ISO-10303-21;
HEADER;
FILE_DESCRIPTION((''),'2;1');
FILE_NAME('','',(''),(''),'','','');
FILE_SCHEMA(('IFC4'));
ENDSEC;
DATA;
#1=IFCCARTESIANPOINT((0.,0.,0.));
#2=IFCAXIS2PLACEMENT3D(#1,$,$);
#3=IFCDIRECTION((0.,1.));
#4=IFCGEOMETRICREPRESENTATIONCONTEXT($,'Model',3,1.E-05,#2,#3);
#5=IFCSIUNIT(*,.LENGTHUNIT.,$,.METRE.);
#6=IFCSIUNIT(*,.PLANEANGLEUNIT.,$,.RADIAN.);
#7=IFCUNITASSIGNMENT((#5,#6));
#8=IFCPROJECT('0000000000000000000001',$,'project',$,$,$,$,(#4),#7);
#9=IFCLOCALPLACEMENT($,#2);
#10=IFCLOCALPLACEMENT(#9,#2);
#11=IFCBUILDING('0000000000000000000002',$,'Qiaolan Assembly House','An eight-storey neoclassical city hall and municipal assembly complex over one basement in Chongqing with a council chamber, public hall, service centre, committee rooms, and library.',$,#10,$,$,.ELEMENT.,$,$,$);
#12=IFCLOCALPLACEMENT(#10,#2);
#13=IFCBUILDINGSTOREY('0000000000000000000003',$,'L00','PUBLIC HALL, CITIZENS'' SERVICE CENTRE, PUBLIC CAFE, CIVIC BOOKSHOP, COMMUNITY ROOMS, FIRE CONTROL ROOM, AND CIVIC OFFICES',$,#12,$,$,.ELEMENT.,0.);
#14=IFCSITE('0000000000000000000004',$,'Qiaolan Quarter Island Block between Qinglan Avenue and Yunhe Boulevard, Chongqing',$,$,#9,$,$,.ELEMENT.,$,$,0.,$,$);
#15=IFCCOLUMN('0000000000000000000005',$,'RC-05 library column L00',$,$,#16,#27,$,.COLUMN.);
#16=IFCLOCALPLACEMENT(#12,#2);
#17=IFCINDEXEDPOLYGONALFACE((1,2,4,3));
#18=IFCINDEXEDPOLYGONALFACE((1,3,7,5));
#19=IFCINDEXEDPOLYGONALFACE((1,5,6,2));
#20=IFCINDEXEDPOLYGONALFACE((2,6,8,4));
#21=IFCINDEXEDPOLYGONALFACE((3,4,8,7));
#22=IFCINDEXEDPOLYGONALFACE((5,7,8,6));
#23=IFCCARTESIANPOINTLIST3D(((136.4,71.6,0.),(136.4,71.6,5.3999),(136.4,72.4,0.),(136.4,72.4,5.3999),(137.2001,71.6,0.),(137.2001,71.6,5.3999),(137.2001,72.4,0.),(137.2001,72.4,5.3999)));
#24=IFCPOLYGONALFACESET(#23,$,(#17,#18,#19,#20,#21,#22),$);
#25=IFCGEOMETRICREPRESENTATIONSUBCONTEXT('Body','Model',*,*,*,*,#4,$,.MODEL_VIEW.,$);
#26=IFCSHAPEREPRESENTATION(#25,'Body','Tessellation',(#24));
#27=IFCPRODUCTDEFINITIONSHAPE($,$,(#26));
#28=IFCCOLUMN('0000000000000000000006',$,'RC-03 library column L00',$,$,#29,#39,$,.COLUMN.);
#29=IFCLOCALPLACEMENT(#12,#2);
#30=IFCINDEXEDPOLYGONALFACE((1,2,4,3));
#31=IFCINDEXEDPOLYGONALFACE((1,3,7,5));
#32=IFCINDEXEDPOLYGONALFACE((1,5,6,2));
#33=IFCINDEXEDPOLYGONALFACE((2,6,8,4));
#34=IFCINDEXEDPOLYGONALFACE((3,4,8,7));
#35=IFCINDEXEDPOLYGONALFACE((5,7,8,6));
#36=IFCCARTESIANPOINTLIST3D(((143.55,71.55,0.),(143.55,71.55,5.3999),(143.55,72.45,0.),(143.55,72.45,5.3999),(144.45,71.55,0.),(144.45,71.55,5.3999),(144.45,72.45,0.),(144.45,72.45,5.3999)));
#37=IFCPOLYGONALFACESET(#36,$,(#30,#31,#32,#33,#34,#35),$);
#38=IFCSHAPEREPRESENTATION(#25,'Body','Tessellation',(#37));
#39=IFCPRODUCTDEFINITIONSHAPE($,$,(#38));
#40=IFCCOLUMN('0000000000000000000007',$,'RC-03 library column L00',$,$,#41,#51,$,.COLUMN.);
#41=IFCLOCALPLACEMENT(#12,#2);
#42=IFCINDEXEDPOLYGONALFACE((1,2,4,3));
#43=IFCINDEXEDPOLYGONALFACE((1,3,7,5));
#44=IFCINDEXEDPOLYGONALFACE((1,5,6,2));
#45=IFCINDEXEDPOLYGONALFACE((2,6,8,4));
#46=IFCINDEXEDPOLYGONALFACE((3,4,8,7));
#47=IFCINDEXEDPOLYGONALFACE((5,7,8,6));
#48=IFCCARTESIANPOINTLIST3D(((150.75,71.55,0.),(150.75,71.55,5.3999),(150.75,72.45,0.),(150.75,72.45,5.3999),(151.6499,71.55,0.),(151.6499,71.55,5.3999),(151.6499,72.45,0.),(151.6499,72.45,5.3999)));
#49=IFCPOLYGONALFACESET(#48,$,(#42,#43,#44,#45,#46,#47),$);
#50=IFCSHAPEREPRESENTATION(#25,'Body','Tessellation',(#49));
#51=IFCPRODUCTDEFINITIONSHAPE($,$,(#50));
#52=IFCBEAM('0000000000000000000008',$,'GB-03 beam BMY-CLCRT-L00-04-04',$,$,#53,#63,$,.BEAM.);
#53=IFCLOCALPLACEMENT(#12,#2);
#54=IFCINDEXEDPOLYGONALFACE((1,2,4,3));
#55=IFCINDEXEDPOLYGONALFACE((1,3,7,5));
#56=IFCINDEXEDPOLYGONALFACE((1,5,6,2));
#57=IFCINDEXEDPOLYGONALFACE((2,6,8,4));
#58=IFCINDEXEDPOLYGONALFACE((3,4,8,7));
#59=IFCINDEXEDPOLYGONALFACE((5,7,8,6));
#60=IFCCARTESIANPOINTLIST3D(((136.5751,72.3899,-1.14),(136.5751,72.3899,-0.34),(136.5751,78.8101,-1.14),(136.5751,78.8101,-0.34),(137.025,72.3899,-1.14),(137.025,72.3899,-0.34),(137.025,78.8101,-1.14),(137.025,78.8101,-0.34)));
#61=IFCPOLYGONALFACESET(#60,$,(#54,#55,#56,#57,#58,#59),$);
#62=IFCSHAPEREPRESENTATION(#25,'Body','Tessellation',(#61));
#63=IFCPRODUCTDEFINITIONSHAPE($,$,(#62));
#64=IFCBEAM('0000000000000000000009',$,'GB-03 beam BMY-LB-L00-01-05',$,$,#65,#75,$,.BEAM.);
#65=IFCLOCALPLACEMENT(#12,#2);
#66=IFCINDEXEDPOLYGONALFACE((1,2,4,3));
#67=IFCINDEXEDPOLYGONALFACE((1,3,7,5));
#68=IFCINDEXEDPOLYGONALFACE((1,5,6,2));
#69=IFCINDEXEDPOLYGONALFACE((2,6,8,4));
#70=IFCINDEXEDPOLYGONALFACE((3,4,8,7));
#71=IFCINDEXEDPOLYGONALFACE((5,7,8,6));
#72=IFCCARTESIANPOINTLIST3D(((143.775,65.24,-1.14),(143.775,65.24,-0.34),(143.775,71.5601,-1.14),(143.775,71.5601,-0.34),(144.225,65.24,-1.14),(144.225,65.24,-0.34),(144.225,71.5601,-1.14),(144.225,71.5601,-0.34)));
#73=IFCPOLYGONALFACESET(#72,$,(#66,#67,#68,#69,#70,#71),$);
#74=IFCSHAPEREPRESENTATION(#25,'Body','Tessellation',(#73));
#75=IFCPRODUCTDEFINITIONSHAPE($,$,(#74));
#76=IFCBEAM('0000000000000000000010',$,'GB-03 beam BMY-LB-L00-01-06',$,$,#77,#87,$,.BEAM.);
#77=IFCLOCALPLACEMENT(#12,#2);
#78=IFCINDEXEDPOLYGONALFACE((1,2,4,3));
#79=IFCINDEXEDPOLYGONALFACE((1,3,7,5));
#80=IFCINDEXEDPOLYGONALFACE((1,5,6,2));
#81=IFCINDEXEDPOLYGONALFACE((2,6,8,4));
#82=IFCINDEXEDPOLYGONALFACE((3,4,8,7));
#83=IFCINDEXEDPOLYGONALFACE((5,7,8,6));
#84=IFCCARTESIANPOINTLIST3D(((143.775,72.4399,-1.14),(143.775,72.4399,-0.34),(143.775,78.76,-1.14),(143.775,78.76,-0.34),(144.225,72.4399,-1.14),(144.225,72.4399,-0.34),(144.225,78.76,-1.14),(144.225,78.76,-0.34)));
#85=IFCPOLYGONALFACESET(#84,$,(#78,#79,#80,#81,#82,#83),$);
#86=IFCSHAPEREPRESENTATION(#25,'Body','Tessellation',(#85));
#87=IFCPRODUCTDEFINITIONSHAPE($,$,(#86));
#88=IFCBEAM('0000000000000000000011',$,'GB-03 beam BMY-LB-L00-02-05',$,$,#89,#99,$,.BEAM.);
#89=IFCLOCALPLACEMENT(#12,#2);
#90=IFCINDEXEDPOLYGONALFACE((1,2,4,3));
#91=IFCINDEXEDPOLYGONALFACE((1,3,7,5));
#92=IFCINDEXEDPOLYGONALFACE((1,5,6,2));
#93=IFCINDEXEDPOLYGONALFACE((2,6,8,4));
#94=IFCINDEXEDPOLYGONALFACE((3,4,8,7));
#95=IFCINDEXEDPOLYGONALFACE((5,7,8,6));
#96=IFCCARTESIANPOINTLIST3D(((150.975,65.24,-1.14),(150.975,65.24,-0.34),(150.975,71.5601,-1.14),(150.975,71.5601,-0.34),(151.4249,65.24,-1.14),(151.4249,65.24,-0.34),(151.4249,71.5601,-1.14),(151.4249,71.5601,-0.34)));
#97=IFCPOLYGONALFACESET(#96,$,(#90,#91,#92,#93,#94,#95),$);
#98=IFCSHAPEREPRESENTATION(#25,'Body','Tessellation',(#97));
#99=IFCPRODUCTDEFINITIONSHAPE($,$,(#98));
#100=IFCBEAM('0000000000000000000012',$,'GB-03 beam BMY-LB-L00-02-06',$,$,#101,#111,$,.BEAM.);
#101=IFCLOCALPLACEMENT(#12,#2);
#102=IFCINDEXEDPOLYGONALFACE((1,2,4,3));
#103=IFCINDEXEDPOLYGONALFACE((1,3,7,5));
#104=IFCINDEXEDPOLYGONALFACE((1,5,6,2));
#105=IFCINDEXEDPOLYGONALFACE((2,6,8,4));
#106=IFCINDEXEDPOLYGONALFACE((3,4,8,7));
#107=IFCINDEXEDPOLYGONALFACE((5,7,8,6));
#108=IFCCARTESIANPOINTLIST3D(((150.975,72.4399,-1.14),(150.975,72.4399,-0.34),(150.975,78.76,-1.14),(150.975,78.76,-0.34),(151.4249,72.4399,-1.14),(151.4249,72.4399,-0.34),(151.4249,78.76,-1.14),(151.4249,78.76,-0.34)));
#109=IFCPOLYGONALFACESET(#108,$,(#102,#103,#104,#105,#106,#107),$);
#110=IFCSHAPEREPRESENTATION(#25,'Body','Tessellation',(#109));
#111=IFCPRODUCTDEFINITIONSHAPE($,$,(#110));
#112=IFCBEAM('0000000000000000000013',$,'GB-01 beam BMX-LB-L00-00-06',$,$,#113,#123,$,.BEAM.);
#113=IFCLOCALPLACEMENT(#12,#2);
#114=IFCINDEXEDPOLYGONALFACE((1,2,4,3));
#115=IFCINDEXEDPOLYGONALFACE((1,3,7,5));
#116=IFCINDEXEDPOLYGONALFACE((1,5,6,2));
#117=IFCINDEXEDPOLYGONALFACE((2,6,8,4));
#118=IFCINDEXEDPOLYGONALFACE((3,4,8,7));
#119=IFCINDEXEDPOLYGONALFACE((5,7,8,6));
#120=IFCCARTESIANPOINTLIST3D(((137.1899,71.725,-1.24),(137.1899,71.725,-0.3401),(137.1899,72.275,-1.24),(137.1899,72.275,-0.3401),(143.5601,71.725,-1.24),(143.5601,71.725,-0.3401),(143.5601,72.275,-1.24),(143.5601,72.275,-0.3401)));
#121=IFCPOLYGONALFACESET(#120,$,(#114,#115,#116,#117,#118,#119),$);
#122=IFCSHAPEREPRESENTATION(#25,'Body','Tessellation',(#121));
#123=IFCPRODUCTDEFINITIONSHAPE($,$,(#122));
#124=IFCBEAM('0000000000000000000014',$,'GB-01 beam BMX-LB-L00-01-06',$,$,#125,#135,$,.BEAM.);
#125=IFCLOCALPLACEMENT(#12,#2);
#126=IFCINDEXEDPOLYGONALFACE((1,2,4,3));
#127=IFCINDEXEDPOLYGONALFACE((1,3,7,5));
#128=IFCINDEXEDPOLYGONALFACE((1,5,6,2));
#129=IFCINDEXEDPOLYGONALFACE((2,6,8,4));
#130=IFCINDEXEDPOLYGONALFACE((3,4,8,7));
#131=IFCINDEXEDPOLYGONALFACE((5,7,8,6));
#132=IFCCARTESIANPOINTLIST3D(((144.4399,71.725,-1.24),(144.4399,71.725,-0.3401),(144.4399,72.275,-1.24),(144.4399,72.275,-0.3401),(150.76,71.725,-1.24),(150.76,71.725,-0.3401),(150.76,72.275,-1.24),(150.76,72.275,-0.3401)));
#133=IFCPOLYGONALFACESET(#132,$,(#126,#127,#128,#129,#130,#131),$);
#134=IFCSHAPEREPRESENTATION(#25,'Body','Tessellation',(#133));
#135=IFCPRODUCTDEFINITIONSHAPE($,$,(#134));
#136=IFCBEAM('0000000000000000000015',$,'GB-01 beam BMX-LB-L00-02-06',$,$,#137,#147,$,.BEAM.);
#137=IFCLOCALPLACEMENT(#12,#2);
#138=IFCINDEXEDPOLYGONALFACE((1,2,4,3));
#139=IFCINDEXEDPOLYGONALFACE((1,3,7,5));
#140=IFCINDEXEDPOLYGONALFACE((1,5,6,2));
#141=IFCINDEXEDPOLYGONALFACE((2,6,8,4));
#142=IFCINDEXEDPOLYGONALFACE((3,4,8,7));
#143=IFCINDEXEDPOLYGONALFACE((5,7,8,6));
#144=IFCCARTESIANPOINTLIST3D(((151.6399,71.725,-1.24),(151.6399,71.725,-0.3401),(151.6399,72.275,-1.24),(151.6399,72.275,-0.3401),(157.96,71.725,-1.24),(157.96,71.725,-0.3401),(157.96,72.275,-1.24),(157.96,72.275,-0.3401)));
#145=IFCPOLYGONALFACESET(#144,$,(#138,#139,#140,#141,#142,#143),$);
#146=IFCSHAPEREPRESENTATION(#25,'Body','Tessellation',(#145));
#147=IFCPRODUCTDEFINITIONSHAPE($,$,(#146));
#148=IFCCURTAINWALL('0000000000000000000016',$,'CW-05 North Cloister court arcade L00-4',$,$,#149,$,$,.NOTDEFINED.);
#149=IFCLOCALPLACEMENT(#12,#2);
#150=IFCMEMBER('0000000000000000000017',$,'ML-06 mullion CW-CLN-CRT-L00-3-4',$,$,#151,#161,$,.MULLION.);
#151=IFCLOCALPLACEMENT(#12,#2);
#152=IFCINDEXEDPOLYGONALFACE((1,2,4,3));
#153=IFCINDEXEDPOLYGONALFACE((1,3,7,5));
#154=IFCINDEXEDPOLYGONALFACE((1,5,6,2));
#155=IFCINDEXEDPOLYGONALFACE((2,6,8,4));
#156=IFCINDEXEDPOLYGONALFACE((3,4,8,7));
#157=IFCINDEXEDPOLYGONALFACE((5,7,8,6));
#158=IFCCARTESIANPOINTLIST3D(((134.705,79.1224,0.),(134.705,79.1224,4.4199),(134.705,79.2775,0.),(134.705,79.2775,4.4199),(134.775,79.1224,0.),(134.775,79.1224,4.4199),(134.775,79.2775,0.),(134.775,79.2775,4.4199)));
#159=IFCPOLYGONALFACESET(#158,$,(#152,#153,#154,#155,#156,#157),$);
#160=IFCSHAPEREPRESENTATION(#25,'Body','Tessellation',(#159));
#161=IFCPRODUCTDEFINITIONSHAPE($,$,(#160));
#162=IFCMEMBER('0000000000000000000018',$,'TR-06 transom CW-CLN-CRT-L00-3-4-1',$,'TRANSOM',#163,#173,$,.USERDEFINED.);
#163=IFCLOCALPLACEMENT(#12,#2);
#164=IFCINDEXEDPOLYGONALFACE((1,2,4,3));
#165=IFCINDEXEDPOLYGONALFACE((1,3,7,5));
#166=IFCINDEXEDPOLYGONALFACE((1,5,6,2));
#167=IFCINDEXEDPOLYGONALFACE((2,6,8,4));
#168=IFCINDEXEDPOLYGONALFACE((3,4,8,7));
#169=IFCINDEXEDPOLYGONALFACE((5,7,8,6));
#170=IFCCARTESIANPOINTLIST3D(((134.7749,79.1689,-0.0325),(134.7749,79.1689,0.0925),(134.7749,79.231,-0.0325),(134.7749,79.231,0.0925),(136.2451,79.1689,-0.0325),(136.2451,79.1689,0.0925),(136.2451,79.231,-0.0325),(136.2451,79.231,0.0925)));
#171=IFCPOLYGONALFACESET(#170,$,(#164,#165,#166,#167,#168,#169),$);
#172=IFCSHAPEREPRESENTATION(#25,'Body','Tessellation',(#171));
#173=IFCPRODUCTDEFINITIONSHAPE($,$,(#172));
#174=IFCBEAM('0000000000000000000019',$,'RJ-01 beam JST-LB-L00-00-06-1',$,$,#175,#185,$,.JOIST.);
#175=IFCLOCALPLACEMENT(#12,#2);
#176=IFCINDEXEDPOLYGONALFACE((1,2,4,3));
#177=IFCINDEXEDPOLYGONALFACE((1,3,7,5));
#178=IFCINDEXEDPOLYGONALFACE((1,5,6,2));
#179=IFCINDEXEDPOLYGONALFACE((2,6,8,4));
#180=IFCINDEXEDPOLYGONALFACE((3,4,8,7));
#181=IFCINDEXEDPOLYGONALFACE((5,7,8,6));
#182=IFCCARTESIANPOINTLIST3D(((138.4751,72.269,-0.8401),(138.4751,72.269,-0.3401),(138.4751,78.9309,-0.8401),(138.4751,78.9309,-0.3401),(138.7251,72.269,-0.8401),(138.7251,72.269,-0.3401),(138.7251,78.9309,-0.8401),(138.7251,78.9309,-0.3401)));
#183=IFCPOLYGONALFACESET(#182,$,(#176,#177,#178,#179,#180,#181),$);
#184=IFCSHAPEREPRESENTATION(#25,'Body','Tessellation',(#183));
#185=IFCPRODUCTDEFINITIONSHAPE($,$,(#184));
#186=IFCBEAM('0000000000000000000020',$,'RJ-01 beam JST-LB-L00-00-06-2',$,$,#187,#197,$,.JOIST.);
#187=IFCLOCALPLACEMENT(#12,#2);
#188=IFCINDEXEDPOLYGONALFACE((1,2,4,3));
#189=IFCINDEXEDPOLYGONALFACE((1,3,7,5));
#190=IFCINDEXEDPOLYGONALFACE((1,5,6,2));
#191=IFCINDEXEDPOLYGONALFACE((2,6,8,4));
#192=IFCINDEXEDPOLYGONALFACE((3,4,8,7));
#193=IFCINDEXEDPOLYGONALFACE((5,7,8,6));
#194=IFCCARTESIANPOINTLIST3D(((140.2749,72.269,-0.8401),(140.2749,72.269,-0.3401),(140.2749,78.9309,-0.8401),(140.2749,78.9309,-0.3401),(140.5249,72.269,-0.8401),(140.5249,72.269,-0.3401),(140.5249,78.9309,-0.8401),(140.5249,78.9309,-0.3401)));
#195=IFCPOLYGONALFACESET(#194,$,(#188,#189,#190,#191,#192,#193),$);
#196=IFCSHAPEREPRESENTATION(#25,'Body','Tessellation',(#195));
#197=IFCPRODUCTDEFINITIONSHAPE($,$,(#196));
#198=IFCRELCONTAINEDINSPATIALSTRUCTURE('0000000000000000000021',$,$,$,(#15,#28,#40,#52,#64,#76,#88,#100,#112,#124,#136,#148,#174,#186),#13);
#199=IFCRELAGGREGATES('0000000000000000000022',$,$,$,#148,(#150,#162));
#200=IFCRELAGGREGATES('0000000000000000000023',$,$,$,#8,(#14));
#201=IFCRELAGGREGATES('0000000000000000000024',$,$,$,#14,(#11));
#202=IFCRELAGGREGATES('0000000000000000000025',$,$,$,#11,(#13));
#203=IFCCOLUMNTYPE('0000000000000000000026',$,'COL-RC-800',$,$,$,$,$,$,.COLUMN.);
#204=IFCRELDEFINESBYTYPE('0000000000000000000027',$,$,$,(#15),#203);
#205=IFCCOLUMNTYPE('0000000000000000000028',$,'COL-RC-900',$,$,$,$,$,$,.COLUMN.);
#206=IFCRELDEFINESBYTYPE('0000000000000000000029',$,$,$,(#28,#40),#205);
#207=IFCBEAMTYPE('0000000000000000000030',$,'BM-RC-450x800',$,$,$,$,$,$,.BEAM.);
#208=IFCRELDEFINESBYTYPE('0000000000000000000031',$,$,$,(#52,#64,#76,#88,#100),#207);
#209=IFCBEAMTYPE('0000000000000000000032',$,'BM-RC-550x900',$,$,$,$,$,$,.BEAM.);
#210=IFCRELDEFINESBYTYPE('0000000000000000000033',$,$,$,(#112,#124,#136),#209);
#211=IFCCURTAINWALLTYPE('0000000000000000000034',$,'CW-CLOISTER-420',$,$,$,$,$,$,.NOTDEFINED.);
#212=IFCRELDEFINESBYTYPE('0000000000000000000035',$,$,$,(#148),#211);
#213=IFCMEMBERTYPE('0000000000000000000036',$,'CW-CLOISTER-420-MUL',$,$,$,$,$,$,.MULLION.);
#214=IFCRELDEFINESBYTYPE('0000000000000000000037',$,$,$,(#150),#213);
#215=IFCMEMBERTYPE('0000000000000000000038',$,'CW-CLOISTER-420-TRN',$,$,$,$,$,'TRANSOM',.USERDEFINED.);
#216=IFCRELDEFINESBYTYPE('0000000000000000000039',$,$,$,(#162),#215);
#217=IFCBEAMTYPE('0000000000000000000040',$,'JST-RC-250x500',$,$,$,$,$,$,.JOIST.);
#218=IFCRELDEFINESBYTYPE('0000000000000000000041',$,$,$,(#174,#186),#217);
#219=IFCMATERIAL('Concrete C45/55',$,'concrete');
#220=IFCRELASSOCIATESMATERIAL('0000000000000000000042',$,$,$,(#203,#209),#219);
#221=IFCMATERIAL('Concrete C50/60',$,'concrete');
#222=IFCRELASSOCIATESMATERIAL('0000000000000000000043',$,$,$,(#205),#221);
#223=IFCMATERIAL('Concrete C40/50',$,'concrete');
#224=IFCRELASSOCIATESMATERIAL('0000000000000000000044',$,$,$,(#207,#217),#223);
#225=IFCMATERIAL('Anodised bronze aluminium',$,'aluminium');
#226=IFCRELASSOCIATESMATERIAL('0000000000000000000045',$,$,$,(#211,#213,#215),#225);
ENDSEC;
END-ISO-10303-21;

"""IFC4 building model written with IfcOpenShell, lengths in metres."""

from ifc_helpers import new_model, si_unit, direction, frame, origin, origin_2d, place, context, subcontext, project, spatial, rectangle, extrude, material, material_profile, profile_set, type_object, element, aggregate, save


model = new_model("IFC4")

# Units and contexts
model_context = context("Model", 3, precision=1e-05, world=origin(), true_north=direction((0.0, 1.0)))
body_context = subcontext(model_context, "Body", "Model", "MODEL_VIEW")
ifc_project = project(units=[si_unit("LENGTHUNIT", "METRE"), si_unit("PLANEANGLEUNIT", "RADIAN")], contexts=[model_context])

# Site, building, storey
site_placement = place(None, origin())
site = spatial("IfcSite", under=ifc_project, at=site_placement, Name="Qiaolan Quarter Island Block between Qinglan Avenue and Yunhe Boulevard, Chongqing", CompositionType="ELEMENT", RefElevation=0.0)
building_placement = place(site_placement, origin())
building = spatial("IfcBuilding", under=site, at=building_placement, Name="Qiaolan Assembly House", Description="An eight-storey neoclassical city hall and municipal assembly complex over one basement in Chongqing with a council chamber, public hall, service centre, committee rooms, and library.", CompositionType="ELEMENT")
storey_placement = place(building_placement, origin())
storey = spatial("IfcBuildingStorey", under=building, at=storey_placement, Name="L00", Description="PUBLIC HALL, CITIZENS' SERVICE CENTRE, PUBLIC CAFE, CIVIC BOOKSHOP, COMMUNITY ROOMS, FIRE CONTROL ROOM, AND CIVIC OFFICES", CompositionType="ELEMENT", Elevation=0.0)

# Columns
ifc_material_1 = material(Name="Concrete C45/55", Category="concrete")
ifc_material_profile_1 = material_profile(ifc_material_1, rectangle(XDim=0.8, YDim=0.8, at=origin_2d()), Name="RC 800x800")
ifc_profile_set_1 = profile_set([ifc_material_profile_1], Name="Concrete C45/55")
column_type_1 = type_object("IfcColumnType", Name="COL-RC-800", PredefinedType="COLUMN", material=ifc_profile_set_1)
column_placement = place(storey_placement, frame((136.8, 72.0, 0.0), z_axis=(0.0, 0.0, 1.0), x_axis=(1.0, 0.0, 0.0)))
element("IfcColumn", 1, at=column_placement, inside=storey, type_object=column_type_1, Name="RC-05 library column L00", PredefinedType="COLUMN", context=body_context, shape_type="SweptSolid", body=[
    extrude(rectangle(XDim=0.8, YDim=0.8, at=origin_2d()), origin(), (0.0, 0.0, 1.0), 5.3999),
])
ifc_material_2 = material(Name="Concrete C50/60", Category="concrete")
ifc_material_profile_2 = material_profile(ifc_material_2, rectangle(XDim=0.8999, YDim=0.8999, at=origin_2d()), Name="RC 900x900")
ifc_profile_set_2 = profile_set([ifc_material_profile_2], Name="Concrete C50/60")
column_type_2 = type_object("IfcColumnType", Name="COL-RC-900", PredefinedType="COLUMN", material=ifc_profile_set_2)
for number, where, z_axis, x_axis, name in (
    (2, (144.0, 72.0, 0.0), (0.0, 0.0, 1.0), (1.0, 0.0, 0.0), "RC-03 library column L00"),
    (3, (151.2, 72.0, 0.0), (0.0, 0.0, 1.0), (1.0, 0.0, 0.0), "RC-03 library column L00"),
):
    element("IfcColumn", number, at=place(storey_placement, frame(where, z_axis=z_axis, x_axis=x_axis)), inside=storey, type_object=column_type_2, Name=name, PredefinedType="COLUMN", context=body_context, shape_type="SweptSolid", body=[
        extrude(rectangle(XDim=0.8999, YDim=0.8999, at=origin_2d()), origin(), (0.0, 0.0, 1.0), 5.3999),
    ])

# Beams
ifc_material_3 = material(Name="Concrete C40/50", Category="concrete")
ifc_material_profile_3 = material_profile(ifc_material_3, rectangle(XDim=0.45, YDim=0.8, at=origin_2d()), Name="RCB 450x800")
ifc_profile_set_3 = profile_set([ifc_material_profile_3], Name="Concrete C40/50")
beam_type_1 = type_object("IfcBeamType", Name="BM-RC-450x800", PredefinedType="BEAM", material=ifc_profile_set_3)
beam_1_placement = place(storey_placement, frame((136.8, 72.3899, -0.74), z_axis=(0.0, 1.0, 0.0), x_axis=(-1.0, 0.0, 0.0)))
element("IfcBeam", 4, at=beam_1_placement, inside=storey, type_object=beam_type_1, Name="GB-03 beam BMY-CLCRT-L00-04-04", PredefinedType="BEAM", context=body_context, shape_type="SweptSolid", body=[
    extrude(rectangle(XDim=0.45, YDim=0.8, at=origin_2d()), origin(), (0.0, 0.0, 1.0), 6.4202),
])
for number, where, z_axis, x_axis, name in (
    (5, (144.0, 65.24, -0.74), (0.0, 1.0, 0.0), (-1.0, 0.0, 0.0), "GB-03 beam BMY-LB-L00-01-05"),
    (6, (144.0, 72.4399, -0.74), (0.0, 1.0, 0.0), (-1.0, 0.0, 0.0), "GB-03 beam BMY-LB-L00-01-06"),
    (7, (151.2, 65.24, -0.74), (0.0, 1.0, 0.0), (-1.0, 0.0, 0.0), "GB-03 beam BMY-LB-L00-02-05"),
    (8, (151.2, 72.4399, -0.74), (0.0, 1.0, 0.0), (-1.0, 0.0, 0.0), "GB-03 beam BMY-LB-L00-02-06"),
):
    element("IfcBeam", number, at=place(storey_placement, frame(where, z_axis=z_axis, x_axis=x_axis)), inside=storey, type_object=beam_type_1, Name=name, PredefinedType="BEAM", context=body_context, shape_type="SweptSolid", body=[
        extrude(rectangle(XDim=0.45, YDim=0.8, at=origin_2d()), origin(), (0.0, 0.0, 1.0), 6.3201),
    ])
ifc_material_profile_4 = material_profile(ifc_material_1, rectangle(XDim=0.55, YDim=0.8999, at=origin_2d()), Name="RCB 550x900")
ifc_profile_set_4 = profile_set([ifc_material_profile_4], Name="Concrete C45/55")
beam_type_2 = type_object("IfcBeamType", Name="BM-RC-550x900", PredefinedType="BEAM", material=ifc_profile_set_4)
beam_2_placement = place(storey_placement, frame((137.1899, 72.0, -0.79), z_axis=(1.0, 0.0, 0.0), x_axis=(0.0, 1.0, 0.0)))
element("IfcBeam", 9, at=beam_2_placement, inside=storey, type_object=beam_type_2, Name="GB-01 beam BMX-LB-L00-00-06", PredefinedType="BEAM", context=body_context, shape_type="SweptSolid", body=[
    extrude(rectangle(XDim=0.55, YDim=0.8999, at=origin_2d()), origin(), (0.0, 0.0, 1.0), 6.3701),
])
for number, where, z_axis, x_axis, name in (
    (10, (144.4399, 72.0, -0.79), (1.0, 0.0, 0.0), (0.0, 1.0, 0.0), "GB-01 beam BMX-LB-L00-01-06"),
    (11, (151.6399, 72.0, -0.79), (1.0, 0.0, 0.0), (0.0, 1.0, 0.0), "GB-01 beam BMX-LB-L00-02-06"),
):
    element("IfcBeam", number, at=place(storey_placement, frame(where, z_axis=z_axis, x_axis=x_axis)), inside=storey, type_object=beam_type_2, Name=name, PredefinedType="BEAM", context=body_context, shape_type="SweptSolid", body=[
        extrude(rectangle(XDim=0.55, YDim=0.8999, at=origin_2d()), origin(), (0.0, 0.0, 1.0), 6.3201),
    ])

# Curtain wall, members
ifc_material_4 = material(Name="Anodised bronze aluminium", Category="aluminium")
curtain_wall_type = type_object("IfcCurtainWallType", Name="CW-CLOISTER-420", PredefinedType="NOTDEFINED", material=ifc_material_4)
curtain_wall_placement = place(storey_placement, origin())
curtain_wall = element("IfcCurtainWall", 12, at=curtain_wall_placement, inside=storey, type_object=curtain_wall_type, Name="CW-05 North Cloister court arcade L00-4", PredefinedType="NOTDEFINED")
ifc_material_profile_5 = material_profile(ifc_material_4, rectangle(XDim=0.0701, YDim=0.155, at=origin_2d()), Name="MUL 70x155")
ifc_profile_set_5 = profile_set([ifc_material_profile_5], Name="Anodised bronze aluminium")
member_type_1 = type_object("IfcMemberType", Name="CW-CLOISTER-420-MUL", PredefinedType="MULLION", material=ifc_profile_set_5)
member_1_placement = place(storey_placement, frame((134.74, 79.2, 0.0), z_axis=(0.0, 0.0, 1.0), x_axis=(1.0, 0.0, 0.0)))
member_1 = element("IfcMember", 13, at=member_1_placement, type_object=member_type_1, Name="ML-06 mullion CW-CLN-CRT-L00-3-4", PredefinedType="MULLION", context=body_context, shape_type="SweptSolid", body=[
    extrude(rectangle(XDim=0.0701, YDim=0.155, at=origin_2d()), origin(), (0.0, 0.0, 1.0), 4.4199),
])
ifc_material_profile_6 = material_profile(ifc_material_4, rectangle(XDim=0.062, YDim=0.125, at=origin_2d()), Name="TRN 62x125")
ifc_profile_set_6 = profile_set([ifc_material_profile_6], Name="Anodised bronze aluminium")
member_type_2 = type_object("IfcMemberType", Name="CW-CLOISTER-420-TRN", ElementType="TRANSOM", PredefinedType="USERDEFINED", material=ifc_profile_set_6)
member_2_placement = place(storey_placement, frame((134.7749, 79.2, 0.03), z_axis=(1.0, 0.0, 0.0), x_axis=(0.0, 1.0, 0.0)))
member_2 = element("IfcMember", 14, at=member_2_placement, type_object=member_type_2, Name="TR-06 transom CW-CLN-CRT-L00-3-4-1", ObjectType="TRANSOM", PredefinedType="USERDEFINED", context=body_context, shape_type="SweptSolid", body=[
    extrude(rectangle(XDim=0.062, YDim=0.125, at=origin_2d()), origin(), (0.0, 0.0, 1.0), 1.4702),
])

# Beams
ifc_material_profile_7 = material_profile(ifc_material_3, rectangle(XDim=0.25, YDim=0.5, at=origin_2d()), Name="RCB 250x500")
ifc_profile_set_7 = profile_set([ifc_material_profile_7], Name="Concrete C40/50")
beam_type_3 = type_object("IfcBeamType", Name="JST-RC-250x500", PredefinedType="JOIST", material=ifc_profile_set_7)
for number, where, z_axis, x_axis, name in (
    (15, (138.6001, 72.269, -0.5901), (0.0, 1.0, 0.0), (-1.0, 0.0, 0.0), "RJ-01 beam JST-LB-L00-00-06-1"),
    (16, (140.3999, 72.269, -0.5901), (0.0, 1.0, 0.0), (-1.0, 0.0, 0.0), "RJ-01 beam JST-LB-L00-00-06-2"),
):
    element("IfcBeam", number, at=place(storey_placement, frame(where, z_axis=z_axis, x_axis=x_axis)), inside=storey, type_object=beam_type_3, Name=name, PredefinedType="JOIST", context=body_context, shape_type="SweptSolid", body=[
        extrude(rectangle(XDim=0.25, YDim=0.5, at=origin_2d()), origin(), (0.0, 0.0, 1.0), 6.6619),
    ])

aggregate(curtain_wall, [member_1, member_2])

save(model, "model.ifc")
